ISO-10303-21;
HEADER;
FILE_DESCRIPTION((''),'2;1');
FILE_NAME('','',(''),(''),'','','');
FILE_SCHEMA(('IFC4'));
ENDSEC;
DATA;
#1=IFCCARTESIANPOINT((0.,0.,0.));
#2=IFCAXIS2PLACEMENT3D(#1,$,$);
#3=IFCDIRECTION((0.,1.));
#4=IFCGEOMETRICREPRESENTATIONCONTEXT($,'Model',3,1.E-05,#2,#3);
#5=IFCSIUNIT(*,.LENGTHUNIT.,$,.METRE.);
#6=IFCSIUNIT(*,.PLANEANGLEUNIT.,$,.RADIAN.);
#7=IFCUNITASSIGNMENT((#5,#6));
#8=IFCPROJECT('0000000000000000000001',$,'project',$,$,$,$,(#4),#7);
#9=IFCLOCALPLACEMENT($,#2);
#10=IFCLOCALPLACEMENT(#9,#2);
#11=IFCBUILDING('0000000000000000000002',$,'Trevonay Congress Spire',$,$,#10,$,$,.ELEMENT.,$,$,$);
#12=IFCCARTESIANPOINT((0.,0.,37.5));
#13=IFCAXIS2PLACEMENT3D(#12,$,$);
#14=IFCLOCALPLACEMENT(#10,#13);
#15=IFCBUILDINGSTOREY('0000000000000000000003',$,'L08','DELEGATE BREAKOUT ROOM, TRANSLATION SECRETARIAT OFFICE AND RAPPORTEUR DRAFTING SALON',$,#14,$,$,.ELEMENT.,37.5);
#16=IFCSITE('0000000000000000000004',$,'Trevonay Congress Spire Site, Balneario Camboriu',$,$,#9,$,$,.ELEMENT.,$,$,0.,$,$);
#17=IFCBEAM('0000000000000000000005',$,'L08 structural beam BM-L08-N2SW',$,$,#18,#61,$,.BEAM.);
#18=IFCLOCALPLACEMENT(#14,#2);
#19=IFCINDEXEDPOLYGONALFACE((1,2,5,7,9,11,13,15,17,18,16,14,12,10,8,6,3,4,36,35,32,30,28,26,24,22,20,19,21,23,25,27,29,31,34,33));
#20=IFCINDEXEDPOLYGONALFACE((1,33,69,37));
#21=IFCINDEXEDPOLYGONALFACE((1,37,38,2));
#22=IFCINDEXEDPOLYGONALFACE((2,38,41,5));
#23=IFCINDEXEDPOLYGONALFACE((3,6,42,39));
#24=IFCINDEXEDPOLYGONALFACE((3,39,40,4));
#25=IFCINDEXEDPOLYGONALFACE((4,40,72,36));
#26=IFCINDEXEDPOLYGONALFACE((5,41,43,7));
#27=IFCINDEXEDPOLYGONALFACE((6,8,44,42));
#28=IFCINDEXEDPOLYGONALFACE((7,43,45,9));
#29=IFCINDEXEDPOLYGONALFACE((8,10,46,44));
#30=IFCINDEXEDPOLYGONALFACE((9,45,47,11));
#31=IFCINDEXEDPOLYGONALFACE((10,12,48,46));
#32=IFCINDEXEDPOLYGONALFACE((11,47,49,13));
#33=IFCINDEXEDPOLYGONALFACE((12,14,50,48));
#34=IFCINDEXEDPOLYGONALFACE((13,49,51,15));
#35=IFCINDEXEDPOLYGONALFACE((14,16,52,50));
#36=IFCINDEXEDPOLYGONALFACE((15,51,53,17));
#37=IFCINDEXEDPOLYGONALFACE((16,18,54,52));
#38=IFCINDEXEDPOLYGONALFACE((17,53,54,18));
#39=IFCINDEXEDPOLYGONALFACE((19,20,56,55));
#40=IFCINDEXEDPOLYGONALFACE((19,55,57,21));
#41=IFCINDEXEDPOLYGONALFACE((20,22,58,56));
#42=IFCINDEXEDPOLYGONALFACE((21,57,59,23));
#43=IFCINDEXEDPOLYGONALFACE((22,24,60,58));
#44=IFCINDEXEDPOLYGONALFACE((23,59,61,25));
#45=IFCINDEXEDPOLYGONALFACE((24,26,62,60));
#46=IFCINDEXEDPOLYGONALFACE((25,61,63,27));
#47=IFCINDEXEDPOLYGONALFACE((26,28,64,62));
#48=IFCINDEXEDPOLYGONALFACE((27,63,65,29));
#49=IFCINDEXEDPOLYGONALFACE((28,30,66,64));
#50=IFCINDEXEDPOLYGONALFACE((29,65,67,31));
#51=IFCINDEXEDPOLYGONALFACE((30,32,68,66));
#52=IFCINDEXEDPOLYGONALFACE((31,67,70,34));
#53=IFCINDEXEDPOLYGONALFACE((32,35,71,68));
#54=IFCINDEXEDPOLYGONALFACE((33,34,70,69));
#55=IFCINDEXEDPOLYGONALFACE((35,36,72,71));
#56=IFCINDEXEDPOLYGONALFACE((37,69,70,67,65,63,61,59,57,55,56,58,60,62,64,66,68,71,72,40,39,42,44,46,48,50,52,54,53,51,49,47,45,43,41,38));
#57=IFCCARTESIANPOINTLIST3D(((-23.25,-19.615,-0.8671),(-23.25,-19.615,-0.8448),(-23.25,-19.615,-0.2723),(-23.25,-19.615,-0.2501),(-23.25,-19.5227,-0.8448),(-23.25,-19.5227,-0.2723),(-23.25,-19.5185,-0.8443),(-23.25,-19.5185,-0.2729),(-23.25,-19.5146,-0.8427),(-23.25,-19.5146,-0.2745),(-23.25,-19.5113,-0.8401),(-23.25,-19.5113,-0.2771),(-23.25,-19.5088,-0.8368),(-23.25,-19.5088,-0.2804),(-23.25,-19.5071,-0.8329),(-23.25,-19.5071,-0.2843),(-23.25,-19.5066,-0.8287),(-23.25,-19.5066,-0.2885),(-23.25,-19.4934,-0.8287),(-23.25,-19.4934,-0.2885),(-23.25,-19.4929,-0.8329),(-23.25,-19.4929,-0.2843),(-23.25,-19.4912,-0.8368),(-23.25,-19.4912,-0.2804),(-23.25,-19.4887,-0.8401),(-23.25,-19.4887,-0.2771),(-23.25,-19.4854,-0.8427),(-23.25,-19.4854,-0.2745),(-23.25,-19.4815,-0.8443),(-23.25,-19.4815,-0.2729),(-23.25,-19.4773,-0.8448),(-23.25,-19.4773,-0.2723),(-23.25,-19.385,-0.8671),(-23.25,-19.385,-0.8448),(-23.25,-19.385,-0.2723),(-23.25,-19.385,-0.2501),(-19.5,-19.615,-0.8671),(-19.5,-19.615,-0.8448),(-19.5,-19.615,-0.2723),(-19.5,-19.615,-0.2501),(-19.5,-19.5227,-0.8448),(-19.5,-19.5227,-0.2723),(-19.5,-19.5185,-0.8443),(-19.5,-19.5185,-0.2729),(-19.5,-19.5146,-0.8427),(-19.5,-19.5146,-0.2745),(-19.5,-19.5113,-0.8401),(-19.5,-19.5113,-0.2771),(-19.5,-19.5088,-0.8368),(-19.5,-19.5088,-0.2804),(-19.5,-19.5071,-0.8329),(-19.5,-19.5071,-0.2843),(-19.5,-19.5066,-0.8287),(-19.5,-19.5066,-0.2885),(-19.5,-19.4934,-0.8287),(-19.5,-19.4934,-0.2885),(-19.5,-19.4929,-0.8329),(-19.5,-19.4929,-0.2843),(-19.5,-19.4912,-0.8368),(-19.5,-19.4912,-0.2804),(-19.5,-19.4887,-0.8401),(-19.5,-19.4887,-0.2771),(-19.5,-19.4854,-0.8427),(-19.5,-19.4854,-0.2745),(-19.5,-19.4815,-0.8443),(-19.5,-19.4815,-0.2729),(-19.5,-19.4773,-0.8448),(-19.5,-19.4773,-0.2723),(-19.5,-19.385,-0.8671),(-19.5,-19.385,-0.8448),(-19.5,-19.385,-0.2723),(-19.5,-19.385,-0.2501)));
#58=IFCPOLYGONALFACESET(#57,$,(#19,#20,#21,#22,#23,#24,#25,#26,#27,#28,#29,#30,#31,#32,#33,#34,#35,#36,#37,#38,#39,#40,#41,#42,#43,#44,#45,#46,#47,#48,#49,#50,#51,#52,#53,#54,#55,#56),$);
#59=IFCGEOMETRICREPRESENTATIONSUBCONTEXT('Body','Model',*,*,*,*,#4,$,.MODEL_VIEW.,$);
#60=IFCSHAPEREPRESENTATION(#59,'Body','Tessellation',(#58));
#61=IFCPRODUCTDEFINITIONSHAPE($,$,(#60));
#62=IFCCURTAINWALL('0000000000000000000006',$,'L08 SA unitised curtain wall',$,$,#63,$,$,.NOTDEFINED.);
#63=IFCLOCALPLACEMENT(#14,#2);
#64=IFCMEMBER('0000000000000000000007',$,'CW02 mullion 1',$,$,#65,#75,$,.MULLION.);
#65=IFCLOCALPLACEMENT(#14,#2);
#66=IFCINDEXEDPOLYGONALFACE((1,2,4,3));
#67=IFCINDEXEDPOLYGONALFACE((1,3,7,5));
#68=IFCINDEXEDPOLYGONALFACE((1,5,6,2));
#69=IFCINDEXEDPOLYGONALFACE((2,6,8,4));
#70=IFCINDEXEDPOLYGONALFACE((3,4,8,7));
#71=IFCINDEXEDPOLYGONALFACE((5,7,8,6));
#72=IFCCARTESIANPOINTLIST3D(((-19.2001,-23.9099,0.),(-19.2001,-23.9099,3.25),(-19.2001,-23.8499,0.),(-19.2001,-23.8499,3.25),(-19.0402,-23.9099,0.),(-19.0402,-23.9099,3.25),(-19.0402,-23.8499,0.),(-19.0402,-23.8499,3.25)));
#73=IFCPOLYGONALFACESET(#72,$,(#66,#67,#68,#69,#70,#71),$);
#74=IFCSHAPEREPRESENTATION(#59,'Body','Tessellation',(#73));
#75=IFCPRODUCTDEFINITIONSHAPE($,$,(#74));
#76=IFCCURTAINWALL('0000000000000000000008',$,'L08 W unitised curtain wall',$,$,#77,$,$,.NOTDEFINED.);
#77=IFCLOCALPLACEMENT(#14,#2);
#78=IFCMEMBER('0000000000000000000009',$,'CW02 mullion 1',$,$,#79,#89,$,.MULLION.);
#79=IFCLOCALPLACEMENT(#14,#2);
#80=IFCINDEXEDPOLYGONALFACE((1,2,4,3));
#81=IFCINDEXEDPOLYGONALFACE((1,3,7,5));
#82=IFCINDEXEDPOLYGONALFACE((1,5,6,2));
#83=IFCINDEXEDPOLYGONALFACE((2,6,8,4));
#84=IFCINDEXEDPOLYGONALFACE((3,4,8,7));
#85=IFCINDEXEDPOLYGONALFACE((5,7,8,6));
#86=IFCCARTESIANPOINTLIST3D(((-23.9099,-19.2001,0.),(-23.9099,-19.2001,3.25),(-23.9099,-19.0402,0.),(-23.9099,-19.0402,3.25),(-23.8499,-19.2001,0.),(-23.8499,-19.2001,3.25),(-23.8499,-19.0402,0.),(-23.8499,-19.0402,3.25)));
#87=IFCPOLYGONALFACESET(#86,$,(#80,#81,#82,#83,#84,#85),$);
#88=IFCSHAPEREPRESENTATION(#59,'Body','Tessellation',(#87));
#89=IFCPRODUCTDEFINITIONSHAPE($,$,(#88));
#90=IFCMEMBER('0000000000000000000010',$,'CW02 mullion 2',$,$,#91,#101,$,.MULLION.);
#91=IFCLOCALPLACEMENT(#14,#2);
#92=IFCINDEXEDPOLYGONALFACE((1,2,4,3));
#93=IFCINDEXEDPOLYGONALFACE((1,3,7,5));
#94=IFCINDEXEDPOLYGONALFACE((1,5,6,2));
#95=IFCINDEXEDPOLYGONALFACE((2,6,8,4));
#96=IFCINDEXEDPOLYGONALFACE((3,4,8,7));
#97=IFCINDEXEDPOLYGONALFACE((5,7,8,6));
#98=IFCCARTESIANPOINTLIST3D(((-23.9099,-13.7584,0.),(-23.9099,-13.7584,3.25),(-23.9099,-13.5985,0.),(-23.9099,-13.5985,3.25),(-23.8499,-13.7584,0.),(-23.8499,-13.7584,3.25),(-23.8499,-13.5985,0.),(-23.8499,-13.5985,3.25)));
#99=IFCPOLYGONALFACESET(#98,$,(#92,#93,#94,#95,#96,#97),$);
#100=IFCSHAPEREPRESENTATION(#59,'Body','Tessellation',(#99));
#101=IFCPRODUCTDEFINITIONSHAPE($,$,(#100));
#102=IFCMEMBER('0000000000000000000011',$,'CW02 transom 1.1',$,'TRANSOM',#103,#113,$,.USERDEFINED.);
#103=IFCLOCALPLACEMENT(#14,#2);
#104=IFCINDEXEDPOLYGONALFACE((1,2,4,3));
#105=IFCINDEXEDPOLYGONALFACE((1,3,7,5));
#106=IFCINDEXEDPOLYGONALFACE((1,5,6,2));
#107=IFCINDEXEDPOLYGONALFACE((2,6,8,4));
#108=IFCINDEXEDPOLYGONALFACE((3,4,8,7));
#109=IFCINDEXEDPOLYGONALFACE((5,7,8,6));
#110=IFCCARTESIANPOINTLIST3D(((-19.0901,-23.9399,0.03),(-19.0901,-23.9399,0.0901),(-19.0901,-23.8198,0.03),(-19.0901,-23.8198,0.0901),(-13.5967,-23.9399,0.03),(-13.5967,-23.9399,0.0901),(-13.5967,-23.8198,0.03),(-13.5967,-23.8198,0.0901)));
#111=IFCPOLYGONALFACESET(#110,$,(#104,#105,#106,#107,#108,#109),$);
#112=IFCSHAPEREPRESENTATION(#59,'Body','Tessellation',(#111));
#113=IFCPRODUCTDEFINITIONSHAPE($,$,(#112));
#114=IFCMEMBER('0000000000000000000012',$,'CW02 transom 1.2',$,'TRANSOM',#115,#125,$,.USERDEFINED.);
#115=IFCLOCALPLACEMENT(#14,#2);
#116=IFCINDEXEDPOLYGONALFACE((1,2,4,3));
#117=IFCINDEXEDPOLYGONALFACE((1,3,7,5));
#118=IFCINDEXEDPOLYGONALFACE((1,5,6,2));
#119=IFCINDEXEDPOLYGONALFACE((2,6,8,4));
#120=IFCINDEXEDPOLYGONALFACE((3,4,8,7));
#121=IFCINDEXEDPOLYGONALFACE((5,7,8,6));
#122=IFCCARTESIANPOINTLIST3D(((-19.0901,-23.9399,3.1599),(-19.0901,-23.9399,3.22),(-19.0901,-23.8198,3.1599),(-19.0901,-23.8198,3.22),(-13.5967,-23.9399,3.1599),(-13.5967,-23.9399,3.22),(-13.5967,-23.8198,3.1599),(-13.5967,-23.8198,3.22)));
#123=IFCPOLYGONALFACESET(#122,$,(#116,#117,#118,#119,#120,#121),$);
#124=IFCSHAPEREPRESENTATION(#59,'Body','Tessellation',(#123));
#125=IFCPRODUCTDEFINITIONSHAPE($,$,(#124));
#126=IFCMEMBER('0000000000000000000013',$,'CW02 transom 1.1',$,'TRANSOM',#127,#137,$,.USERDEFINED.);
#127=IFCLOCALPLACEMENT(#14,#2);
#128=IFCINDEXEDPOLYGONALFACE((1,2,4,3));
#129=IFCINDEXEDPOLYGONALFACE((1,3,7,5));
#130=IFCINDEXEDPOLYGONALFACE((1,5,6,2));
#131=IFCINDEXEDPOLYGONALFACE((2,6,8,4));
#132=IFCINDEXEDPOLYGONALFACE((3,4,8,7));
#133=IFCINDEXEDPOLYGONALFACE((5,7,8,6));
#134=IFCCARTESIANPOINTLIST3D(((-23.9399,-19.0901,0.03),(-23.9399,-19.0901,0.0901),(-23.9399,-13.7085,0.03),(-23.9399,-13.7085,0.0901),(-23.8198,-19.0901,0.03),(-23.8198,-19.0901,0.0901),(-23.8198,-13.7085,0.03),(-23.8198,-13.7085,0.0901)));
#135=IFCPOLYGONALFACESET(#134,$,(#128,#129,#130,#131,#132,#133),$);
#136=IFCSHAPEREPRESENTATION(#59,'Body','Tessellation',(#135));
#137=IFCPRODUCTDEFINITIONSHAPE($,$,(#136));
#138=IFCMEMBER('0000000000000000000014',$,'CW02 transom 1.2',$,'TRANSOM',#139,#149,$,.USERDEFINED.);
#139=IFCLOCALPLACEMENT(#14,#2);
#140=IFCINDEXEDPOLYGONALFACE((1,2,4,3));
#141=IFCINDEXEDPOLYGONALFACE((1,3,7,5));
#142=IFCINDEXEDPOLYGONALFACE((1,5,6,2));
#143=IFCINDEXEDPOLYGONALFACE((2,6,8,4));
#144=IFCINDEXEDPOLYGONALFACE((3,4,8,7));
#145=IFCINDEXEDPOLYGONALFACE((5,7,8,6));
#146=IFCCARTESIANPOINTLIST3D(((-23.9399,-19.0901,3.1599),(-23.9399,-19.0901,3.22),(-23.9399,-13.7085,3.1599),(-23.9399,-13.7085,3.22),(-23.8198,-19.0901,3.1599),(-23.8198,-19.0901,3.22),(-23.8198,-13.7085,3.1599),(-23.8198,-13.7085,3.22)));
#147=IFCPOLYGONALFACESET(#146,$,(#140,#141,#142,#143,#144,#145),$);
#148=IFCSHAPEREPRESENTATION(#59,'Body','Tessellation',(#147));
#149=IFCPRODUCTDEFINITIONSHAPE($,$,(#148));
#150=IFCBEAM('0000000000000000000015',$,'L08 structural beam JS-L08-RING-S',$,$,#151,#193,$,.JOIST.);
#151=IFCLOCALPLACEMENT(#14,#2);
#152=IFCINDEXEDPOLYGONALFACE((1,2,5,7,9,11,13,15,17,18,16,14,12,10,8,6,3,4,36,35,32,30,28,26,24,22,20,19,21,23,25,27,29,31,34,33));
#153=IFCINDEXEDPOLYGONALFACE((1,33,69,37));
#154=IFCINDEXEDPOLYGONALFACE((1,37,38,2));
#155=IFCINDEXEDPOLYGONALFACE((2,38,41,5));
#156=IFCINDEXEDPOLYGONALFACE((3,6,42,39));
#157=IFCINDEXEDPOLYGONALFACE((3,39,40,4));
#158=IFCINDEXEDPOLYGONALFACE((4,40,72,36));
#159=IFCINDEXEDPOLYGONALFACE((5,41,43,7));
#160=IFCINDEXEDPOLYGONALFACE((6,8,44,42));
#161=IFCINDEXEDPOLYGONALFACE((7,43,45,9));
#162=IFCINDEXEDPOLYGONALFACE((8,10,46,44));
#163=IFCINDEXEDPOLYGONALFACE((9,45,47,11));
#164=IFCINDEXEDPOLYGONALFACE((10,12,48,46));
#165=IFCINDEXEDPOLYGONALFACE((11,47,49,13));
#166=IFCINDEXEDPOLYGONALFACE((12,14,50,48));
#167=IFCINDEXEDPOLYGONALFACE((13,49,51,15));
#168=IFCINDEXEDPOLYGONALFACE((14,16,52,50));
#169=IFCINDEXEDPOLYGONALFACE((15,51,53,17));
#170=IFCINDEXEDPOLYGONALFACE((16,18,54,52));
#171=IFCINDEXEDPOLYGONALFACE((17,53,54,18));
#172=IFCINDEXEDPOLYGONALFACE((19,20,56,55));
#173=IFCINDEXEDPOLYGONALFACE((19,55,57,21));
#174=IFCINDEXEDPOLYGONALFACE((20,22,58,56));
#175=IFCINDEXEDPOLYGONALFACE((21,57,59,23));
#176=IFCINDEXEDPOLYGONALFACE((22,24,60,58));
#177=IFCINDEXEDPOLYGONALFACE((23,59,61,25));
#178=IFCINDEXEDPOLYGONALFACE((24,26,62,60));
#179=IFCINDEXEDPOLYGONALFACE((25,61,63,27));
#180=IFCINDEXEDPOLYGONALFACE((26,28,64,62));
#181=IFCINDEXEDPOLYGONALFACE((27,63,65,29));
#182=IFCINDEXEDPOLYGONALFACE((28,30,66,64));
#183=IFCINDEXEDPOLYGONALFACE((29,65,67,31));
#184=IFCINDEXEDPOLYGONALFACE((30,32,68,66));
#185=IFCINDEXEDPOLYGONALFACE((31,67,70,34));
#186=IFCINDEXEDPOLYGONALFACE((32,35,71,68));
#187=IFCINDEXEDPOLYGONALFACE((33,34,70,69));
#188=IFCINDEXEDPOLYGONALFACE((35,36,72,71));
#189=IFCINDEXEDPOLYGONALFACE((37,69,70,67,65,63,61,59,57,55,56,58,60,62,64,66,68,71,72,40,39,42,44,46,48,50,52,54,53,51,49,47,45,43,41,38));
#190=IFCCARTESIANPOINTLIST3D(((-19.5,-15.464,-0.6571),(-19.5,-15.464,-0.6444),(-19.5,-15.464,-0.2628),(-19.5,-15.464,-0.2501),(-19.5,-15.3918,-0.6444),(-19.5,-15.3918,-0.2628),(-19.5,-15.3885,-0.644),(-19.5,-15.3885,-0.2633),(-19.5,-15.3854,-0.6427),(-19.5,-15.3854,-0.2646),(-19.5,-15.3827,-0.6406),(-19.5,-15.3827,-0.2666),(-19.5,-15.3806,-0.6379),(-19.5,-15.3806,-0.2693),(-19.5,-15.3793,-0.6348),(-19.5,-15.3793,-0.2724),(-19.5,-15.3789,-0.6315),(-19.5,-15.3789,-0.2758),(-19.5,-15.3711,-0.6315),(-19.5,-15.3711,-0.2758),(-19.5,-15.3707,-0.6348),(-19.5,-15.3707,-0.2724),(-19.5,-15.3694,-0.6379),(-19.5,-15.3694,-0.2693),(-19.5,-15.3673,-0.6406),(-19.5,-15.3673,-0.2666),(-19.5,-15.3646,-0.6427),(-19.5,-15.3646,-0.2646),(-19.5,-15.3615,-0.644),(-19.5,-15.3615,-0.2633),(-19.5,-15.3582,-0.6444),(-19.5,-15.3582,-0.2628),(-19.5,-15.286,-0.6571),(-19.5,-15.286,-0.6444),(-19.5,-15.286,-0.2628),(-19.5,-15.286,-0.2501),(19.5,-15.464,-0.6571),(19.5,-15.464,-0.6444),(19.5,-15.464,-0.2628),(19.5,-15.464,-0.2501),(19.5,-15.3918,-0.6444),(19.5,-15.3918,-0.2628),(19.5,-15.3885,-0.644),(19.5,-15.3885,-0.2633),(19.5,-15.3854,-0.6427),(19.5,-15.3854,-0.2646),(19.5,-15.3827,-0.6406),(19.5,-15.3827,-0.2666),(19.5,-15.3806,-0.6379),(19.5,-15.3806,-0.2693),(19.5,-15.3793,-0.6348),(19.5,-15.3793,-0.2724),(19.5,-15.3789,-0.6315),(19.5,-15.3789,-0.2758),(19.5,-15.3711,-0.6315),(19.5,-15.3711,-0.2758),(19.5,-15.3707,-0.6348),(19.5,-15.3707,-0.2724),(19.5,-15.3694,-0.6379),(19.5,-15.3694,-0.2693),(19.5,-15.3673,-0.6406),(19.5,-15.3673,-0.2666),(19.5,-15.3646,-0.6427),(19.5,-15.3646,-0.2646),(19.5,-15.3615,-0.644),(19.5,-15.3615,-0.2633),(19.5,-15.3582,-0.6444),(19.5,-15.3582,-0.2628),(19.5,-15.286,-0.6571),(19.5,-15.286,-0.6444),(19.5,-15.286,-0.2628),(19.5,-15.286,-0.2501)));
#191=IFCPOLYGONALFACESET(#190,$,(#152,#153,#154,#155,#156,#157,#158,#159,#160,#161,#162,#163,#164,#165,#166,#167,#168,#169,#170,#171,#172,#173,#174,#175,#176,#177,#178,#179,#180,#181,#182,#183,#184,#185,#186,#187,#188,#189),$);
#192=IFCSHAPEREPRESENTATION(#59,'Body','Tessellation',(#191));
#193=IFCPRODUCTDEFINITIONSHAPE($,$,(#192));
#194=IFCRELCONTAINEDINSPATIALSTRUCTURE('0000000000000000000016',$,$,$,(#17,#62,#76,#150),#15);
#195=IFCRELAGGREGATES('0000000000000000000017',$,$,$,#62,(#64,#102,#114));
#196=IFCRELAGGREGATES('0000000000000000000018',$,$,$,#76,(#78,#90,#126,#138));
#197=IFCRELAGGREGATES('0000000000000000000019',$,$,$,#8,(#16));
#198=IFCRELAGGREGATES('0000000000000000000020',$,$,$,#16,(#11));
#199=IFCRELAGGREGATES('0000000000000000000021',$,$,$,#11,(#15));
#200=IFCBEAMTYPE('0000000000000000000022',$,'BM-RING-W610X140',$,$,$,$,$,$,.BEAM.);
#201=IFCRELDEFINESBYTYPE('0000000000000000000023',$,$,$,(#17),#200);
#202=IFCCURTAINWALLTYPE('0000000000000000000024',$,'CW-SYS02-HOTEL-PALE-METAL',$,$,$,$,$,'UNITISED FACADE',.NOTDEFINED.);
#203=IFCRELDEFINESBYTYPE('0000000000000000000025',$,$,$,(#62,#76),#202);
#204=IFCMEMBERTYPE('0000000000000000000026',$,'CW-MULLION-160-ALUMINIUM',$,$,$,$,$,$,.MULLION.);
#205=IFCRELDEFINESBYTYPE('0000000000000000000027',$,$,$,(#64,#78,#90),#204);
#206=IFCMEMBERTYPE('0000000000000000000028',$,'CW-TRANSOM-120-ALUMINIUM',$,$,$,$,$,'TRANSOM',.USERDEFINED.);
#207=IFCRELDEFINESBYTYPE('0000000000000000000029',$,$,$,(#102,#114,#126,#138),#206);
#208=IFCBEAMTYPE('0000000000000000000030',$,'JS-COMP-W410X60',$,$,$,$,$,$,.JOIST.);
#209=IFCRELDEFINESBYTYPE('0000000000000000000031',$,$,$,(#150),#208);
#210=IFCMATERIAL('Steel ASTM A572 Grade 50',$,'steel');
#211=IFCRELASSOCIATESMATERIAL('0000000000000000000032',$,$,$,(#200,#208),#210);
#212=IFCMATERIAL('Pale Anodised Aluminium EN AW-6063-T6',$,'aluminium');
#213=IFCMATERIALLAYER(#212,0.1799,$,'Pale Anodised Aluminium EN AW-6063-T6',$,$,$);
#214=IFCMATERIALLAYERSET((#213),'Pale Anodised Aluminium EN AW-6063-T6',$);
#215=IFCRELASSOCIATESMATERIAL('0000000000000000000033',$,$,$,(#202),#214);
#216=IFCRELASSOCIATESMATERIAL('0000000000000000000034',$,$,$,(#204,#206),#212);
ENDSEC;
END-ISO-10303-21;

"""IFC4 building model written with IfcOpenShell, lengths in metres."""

from ifc_helpers import new_model, si_unit, direction, frame, origin, origin_2d, place, context, subcontext, project, spatial, rectangle, i_section, extrude, material, layer, layer_set, material_profile, profile_set, type_object, element, aggregate, save


model = new_model("IFC4")

# Units and contexts
model_context = context("Model", 3, precision=1e-05, world=origin(), true_north=direction((0.0, 1.0)))
body_context = subcontext(model_context, "Body", "Model", "MODEL_VIEW")
ifc_project = project(units=[si_unit("LENGTHUNIT", "METRE"), si_unit("PLANEANGLEUNIT", "RADIAN")], contexts=[model_context])

# Site, building, storey
site_placement = place(None, origin())
site = spatial("IfcSite", under=ifc_project, at=site_placement, Name="Trevonay Congress Spire Site, Balneario Camboriu", CompositionType="ELEMENT", RefElevation=0.0)
building_placement = place(site_placement, origin())
building = spatial("IfcBuilding", under=site, at=building_placement, Name="Trevonay Congress Spire", CompositionType="ELEMENT")
storey_placement = place(building_placement, frame((0.0, 0.0, 37.5)))
storey = spatial("IfcBuildingStorey", under=building, at=storey_placement, Name="L08", Description="DELEGATE BREAKOUT ROOM, TRANSLATION SECRETARIAT OFFICE AND RAPPORTEUR DRAFTING SALON", CompositionType="ELEMENT", Elevation=37.5)

# Shared definitions
ifc_material_1 = material(Name="Steel ASTM A572 Grade 50", Category="steel")

# Beam
ifc_material_profile_1 = material_profile(ifc_material_1, i_section(OverallWidth=0.23, OverallDepth=0.6169, WebThickness=0.0132, FlangeThickness=0.0222, FilletRadius=0.0161, at=origin_2d()), Name="W610x140")
ifc_profile_set_1 = profile_set([ifc_material_profile_1], Name="Steel ASTM A572 Grade 50")
beam_type_1 = type_object("IfcBeamType", Name="BM-RING-W610X140", PredefinedType="BEAM", material=ifc_profile_set_1)
for number, where, z_axis, x_axis, name in (
    (1, (-23.25, -19.5, -0.5586), (1.0, 0.0, 0.0), (0.0, 1.0, 0.0), "L08 structural beam BM-L08-N2SW"),
):
    element("IfcBeam", number, at=place(storey_placement, frame(where, z_axis=z_axis, x_axis=x_axis)), inside=storey, type_object=beam_type_1, Name=name, PredefinedType="BEAM", context=body_context, shape_type="SweptSolid", body=[
        extrude(i_section(OverallWidth=0.23, OverallDepth=0.6169, WebThickness=0.0132, FlangeThickness=0.0222, FilletRadius=0.0161, at=origin_2d()), origin(), (0.0, 0.0, 1.0), 3.75),
    ])

# Curtain wall, member
ifc_material_2 = material(Name="Pale Anodised Aluminium EN AW-6063-T6", Category="aluminium")
ifc_layer_1 = layer(ifc_material_2, 0.1799, Name="Pale Anodised Aluminium EN AW-6063-T6")
ifc_layer_set_1 = layer_set([ifc_layer_1], Name="Pale Anodised Aluminium EN AW-6063-T6")
curtain_wall_type = type_object("IfcCurtainWallType", Name="CW-SYS02-HOTEL-PALE-METAL", ElementType="UNITISED FACADE", PredefinedType="NOTDEFINED", material=ifc_layer_set_1)
curtain_wall_1_placement = place(storey_placement, origin())
curtain_wall_1 = element("IfcCurtainWall", 2, at=curtain_wall_1_placement, inside=storey, type_object=curtain_wall_type, Name="L08 SA unitised curtain wall", PredefinedType="NOTDEFINED")
ifc_material_profile_2 = material_profile(ifc_material_2, rectangle(XDim=0.0601, YDim=0.1599, at=origin_2d()), Name="CW-MULLION-160-ALUMINIUM")
ifc_profile_set_2 = profile_set([ifc_material_profile_2], Name="Pale Anodised Aluminium EN AW-6063-T6")
member_type_1 = type_object("IfcMemberType", Name="CW-MULLION-160-ALUMINIUM", PredefinedType="MULLION", material=ifc_profile_set_2)
member_1_placement = place(storey_placement, frame((-19.1201, -23.8799, 0.0), z_axis=(0.0, 0.0, 1.0), x_axis=(0.0, 1.0, 0.0)))
member_1 = element("IfcMember", 3, at=member_1_placement, type_object=member_type_1, Name="CW02 mullion 1", PredefinedType="MULLION", context=body_context, shape_type="SweptSolid", body=[
    extrude(rectangle(XDim=0.0601, YDim=0.1599, at=origin_2d()), origin(), (0.0, 0.0, 1.0), 3.25),
])

# Curtain wall, members
curtain_wall_2_placement = place(storey_placement, origin())
curtain_wall_2 = element("IfcCurtainWall", 4, at=curtain_wall_2_placement, inside=storey, type_object=curtain_wall_type, Name="L08 W unitised curtain wall", PredefinedType="NOTDEFINED")
member_2_placement = place(storey_placement, frame((-23.8799, -19.1201, 0.0), z_axis=(0.0, 0.0, 1.0), x_axis=(-1.0, 0.0, 0.0)))
member_2 = element("IfcMember", 5, at=member_2_placement, type_object=member_type_1, Name="CW02 mullion 1", PredefinedType="MULLION", context=body_context, shape_type="SweptSolid", body=[
    extrude(rectangle(XDim=0.0601, YDim=0.1599, at=origin_2d()), origin(), (0.0, 0.0, 1.0), 3.25),
])
member_3_placement = place(storey_placement, frame((-23.8799, -13.6785, 0.0), z_axis=(0.0, 0.0, 1.0), x_axis=(-1.0, 0.0, 0.0)))
member_3 = element("IfcMember", 6, at=member_3_placement, type_object=member_type_1, Name="CW02 mullion 2", PredefinedType="MULLION", context=body_context, shape_type="SweptSolid", body=[
    extrude(rectangle(XDim=0.0601, YDim=0.1599, at=origin_2d()), origin(), (0.0, 0.0, 1.0), 3.25),
])

# Members
ifc_material_profile_3 = material_profile(ifc_material_2, rectangle(XDim=0.1201, YDim=0.0601, at=origin_2d()), Name="CW-TRANSOM-120-ALUMINIUM")
ifc_profile_set_3 = profile_set([ifc_material_profile_3], Name="Pale Anodised Aluminium EN AW-6063-T6")
member_type_2 = type_object("IfcMemberType", Name="CW-TRANSOM-120-ALUMINIUM", ElementType="TRANSOM", PredefinedType="USERDEFINED", material=ifc_profile_set_3)
member_4_placement = place(storey_placement, frame((-19.0901, -23.8799, 0.0601), z_axis=(1.0, 0.0, 0.0), x_axis=(0.0, 1.0, 0.0)))
member_4 = element("IfcMember", 7, at=member_4_placement, type_object=member_type_2, Name="CW02 transom 1.1", ObjectType="TRANSOM", PredefinedType="USERDEFINED", context=body_context, shape_type="SweptSolid", body=[
    extrude(rectangle(XDim=0.1201, YDim=0.0601, at=origin_2d()), origin(), (0.0, 0.0, 1.0), 5.4934),
])
member_5_placement = place(storey_placement, frame((-19.0901, -23.8799, 3.1899), z_axis=(1.0, 0.0, 0.0), x_axis=(0.0, 1.0, 0.0)))
member_5 = element("IfcMember", 8, at=member_5_placement, type_object=member_type_2, Name="CW02 transom 1.2", ObjectType="TRANSOM", PredefinedType="USERDEFINED", context=body_context, shape_type="SweptSolid", body=[
    extrude(rectangle(XDim=0.1201, YDim=0.0601, at=origin_2d()), origin(), (0.0, 0.0, 1.0), 5.4934),
])
member_6_placement = place(storey_placement, frame((-23.8799, -19.0901, 0.0601), z_axis=(0.0, 1.0, 0.0), x_axis=(-1.0, 0.0, 0.0)))
member_6 = element("IfcMember", 9, at=member_6_placement, type_object=member_type_2, Name="CW02 transom 1.1", ObjectType="TRANSOM", PredefinedType="USERDEFINED", context=body_context, shape_type="SweptSolid", body=[
    extrude(rectangle(XDim=0.1201, YDim=0.0601, at=origin_2d()), origin(), (0.0, 0.0, 1.0), 5.3816),
])
member_7_placement = place(storey_placement, frame((-23.8799, -19.0901, 3.1899), z_axis=(0.0, 1.0, 0.0), x_axis=(-1.0, 0.0, 0.0)))
member_7 = element("IfcMember", 10, at=member_7_placement, type_object=member_type_2, Name="CW02 transom 1.2", ObjectType="TRANSOM", PredefinedType="USERDEFINED", context=body_context, shape_type="SweptSolid", body=[
    extrude(rectangle(XDim=0.1201, YDim=0.0601, at=origin_2d()), origin(), (0.0, 0.0, 1.0), 5.3816),
])

# Beam
ifc_material_profile_4 = material_profile(ifc_material_1, i_section(OverallWidth=0.178, OverallDepth=0.407, WebThickness=0.0078, FlangeThickness=0.0127, FilletRadius=0.0129, at=origin_2d()), Name="W410x60")
ifc_profile_set_4 = profile_set([ifc_material_profile_4], Name="Steel ASTM A572 Grade 50")
beam_type_2 = type_object("IfcBeamType", Name="JS-COMP-W410X60", PredefinedType="JOIST", material=ifc_profile_set_4)
for number, where, z_axis, x_axis, name in (
    (11, (-19.5, -15.375, -0.4536), (1.0, 0.0, 0.0), (0.0, 1.0, 0.0), "L08 structural beam JS-L08-RING-S"),
):
    element("IfcBeam", number, at=place(storey_placement, frame(where, z_axis=z_axis, x_axis=x_axis)), inside=storey, type_object=beam_type_2, Name=name, PredefinedType="JOIST", context=body_context, shape_type="SweptSolid", body=[
        extrude(i_section(OverallWidth=0.178, OverallDepth=0.407, WebThickness=0.0078, FlangeThickness=0.0127, FilletRadius=0.0129, at=origin_2d()), origin(), (0.0, 0.0, 1.0), 39.0),
    ])

aggregate(curtain_wall_1, [member_1, member_4, member_5])
aggregate(curtain_wall_2, [member_2, member_3, member_6, member_7])

save(model, "model.ifc")
